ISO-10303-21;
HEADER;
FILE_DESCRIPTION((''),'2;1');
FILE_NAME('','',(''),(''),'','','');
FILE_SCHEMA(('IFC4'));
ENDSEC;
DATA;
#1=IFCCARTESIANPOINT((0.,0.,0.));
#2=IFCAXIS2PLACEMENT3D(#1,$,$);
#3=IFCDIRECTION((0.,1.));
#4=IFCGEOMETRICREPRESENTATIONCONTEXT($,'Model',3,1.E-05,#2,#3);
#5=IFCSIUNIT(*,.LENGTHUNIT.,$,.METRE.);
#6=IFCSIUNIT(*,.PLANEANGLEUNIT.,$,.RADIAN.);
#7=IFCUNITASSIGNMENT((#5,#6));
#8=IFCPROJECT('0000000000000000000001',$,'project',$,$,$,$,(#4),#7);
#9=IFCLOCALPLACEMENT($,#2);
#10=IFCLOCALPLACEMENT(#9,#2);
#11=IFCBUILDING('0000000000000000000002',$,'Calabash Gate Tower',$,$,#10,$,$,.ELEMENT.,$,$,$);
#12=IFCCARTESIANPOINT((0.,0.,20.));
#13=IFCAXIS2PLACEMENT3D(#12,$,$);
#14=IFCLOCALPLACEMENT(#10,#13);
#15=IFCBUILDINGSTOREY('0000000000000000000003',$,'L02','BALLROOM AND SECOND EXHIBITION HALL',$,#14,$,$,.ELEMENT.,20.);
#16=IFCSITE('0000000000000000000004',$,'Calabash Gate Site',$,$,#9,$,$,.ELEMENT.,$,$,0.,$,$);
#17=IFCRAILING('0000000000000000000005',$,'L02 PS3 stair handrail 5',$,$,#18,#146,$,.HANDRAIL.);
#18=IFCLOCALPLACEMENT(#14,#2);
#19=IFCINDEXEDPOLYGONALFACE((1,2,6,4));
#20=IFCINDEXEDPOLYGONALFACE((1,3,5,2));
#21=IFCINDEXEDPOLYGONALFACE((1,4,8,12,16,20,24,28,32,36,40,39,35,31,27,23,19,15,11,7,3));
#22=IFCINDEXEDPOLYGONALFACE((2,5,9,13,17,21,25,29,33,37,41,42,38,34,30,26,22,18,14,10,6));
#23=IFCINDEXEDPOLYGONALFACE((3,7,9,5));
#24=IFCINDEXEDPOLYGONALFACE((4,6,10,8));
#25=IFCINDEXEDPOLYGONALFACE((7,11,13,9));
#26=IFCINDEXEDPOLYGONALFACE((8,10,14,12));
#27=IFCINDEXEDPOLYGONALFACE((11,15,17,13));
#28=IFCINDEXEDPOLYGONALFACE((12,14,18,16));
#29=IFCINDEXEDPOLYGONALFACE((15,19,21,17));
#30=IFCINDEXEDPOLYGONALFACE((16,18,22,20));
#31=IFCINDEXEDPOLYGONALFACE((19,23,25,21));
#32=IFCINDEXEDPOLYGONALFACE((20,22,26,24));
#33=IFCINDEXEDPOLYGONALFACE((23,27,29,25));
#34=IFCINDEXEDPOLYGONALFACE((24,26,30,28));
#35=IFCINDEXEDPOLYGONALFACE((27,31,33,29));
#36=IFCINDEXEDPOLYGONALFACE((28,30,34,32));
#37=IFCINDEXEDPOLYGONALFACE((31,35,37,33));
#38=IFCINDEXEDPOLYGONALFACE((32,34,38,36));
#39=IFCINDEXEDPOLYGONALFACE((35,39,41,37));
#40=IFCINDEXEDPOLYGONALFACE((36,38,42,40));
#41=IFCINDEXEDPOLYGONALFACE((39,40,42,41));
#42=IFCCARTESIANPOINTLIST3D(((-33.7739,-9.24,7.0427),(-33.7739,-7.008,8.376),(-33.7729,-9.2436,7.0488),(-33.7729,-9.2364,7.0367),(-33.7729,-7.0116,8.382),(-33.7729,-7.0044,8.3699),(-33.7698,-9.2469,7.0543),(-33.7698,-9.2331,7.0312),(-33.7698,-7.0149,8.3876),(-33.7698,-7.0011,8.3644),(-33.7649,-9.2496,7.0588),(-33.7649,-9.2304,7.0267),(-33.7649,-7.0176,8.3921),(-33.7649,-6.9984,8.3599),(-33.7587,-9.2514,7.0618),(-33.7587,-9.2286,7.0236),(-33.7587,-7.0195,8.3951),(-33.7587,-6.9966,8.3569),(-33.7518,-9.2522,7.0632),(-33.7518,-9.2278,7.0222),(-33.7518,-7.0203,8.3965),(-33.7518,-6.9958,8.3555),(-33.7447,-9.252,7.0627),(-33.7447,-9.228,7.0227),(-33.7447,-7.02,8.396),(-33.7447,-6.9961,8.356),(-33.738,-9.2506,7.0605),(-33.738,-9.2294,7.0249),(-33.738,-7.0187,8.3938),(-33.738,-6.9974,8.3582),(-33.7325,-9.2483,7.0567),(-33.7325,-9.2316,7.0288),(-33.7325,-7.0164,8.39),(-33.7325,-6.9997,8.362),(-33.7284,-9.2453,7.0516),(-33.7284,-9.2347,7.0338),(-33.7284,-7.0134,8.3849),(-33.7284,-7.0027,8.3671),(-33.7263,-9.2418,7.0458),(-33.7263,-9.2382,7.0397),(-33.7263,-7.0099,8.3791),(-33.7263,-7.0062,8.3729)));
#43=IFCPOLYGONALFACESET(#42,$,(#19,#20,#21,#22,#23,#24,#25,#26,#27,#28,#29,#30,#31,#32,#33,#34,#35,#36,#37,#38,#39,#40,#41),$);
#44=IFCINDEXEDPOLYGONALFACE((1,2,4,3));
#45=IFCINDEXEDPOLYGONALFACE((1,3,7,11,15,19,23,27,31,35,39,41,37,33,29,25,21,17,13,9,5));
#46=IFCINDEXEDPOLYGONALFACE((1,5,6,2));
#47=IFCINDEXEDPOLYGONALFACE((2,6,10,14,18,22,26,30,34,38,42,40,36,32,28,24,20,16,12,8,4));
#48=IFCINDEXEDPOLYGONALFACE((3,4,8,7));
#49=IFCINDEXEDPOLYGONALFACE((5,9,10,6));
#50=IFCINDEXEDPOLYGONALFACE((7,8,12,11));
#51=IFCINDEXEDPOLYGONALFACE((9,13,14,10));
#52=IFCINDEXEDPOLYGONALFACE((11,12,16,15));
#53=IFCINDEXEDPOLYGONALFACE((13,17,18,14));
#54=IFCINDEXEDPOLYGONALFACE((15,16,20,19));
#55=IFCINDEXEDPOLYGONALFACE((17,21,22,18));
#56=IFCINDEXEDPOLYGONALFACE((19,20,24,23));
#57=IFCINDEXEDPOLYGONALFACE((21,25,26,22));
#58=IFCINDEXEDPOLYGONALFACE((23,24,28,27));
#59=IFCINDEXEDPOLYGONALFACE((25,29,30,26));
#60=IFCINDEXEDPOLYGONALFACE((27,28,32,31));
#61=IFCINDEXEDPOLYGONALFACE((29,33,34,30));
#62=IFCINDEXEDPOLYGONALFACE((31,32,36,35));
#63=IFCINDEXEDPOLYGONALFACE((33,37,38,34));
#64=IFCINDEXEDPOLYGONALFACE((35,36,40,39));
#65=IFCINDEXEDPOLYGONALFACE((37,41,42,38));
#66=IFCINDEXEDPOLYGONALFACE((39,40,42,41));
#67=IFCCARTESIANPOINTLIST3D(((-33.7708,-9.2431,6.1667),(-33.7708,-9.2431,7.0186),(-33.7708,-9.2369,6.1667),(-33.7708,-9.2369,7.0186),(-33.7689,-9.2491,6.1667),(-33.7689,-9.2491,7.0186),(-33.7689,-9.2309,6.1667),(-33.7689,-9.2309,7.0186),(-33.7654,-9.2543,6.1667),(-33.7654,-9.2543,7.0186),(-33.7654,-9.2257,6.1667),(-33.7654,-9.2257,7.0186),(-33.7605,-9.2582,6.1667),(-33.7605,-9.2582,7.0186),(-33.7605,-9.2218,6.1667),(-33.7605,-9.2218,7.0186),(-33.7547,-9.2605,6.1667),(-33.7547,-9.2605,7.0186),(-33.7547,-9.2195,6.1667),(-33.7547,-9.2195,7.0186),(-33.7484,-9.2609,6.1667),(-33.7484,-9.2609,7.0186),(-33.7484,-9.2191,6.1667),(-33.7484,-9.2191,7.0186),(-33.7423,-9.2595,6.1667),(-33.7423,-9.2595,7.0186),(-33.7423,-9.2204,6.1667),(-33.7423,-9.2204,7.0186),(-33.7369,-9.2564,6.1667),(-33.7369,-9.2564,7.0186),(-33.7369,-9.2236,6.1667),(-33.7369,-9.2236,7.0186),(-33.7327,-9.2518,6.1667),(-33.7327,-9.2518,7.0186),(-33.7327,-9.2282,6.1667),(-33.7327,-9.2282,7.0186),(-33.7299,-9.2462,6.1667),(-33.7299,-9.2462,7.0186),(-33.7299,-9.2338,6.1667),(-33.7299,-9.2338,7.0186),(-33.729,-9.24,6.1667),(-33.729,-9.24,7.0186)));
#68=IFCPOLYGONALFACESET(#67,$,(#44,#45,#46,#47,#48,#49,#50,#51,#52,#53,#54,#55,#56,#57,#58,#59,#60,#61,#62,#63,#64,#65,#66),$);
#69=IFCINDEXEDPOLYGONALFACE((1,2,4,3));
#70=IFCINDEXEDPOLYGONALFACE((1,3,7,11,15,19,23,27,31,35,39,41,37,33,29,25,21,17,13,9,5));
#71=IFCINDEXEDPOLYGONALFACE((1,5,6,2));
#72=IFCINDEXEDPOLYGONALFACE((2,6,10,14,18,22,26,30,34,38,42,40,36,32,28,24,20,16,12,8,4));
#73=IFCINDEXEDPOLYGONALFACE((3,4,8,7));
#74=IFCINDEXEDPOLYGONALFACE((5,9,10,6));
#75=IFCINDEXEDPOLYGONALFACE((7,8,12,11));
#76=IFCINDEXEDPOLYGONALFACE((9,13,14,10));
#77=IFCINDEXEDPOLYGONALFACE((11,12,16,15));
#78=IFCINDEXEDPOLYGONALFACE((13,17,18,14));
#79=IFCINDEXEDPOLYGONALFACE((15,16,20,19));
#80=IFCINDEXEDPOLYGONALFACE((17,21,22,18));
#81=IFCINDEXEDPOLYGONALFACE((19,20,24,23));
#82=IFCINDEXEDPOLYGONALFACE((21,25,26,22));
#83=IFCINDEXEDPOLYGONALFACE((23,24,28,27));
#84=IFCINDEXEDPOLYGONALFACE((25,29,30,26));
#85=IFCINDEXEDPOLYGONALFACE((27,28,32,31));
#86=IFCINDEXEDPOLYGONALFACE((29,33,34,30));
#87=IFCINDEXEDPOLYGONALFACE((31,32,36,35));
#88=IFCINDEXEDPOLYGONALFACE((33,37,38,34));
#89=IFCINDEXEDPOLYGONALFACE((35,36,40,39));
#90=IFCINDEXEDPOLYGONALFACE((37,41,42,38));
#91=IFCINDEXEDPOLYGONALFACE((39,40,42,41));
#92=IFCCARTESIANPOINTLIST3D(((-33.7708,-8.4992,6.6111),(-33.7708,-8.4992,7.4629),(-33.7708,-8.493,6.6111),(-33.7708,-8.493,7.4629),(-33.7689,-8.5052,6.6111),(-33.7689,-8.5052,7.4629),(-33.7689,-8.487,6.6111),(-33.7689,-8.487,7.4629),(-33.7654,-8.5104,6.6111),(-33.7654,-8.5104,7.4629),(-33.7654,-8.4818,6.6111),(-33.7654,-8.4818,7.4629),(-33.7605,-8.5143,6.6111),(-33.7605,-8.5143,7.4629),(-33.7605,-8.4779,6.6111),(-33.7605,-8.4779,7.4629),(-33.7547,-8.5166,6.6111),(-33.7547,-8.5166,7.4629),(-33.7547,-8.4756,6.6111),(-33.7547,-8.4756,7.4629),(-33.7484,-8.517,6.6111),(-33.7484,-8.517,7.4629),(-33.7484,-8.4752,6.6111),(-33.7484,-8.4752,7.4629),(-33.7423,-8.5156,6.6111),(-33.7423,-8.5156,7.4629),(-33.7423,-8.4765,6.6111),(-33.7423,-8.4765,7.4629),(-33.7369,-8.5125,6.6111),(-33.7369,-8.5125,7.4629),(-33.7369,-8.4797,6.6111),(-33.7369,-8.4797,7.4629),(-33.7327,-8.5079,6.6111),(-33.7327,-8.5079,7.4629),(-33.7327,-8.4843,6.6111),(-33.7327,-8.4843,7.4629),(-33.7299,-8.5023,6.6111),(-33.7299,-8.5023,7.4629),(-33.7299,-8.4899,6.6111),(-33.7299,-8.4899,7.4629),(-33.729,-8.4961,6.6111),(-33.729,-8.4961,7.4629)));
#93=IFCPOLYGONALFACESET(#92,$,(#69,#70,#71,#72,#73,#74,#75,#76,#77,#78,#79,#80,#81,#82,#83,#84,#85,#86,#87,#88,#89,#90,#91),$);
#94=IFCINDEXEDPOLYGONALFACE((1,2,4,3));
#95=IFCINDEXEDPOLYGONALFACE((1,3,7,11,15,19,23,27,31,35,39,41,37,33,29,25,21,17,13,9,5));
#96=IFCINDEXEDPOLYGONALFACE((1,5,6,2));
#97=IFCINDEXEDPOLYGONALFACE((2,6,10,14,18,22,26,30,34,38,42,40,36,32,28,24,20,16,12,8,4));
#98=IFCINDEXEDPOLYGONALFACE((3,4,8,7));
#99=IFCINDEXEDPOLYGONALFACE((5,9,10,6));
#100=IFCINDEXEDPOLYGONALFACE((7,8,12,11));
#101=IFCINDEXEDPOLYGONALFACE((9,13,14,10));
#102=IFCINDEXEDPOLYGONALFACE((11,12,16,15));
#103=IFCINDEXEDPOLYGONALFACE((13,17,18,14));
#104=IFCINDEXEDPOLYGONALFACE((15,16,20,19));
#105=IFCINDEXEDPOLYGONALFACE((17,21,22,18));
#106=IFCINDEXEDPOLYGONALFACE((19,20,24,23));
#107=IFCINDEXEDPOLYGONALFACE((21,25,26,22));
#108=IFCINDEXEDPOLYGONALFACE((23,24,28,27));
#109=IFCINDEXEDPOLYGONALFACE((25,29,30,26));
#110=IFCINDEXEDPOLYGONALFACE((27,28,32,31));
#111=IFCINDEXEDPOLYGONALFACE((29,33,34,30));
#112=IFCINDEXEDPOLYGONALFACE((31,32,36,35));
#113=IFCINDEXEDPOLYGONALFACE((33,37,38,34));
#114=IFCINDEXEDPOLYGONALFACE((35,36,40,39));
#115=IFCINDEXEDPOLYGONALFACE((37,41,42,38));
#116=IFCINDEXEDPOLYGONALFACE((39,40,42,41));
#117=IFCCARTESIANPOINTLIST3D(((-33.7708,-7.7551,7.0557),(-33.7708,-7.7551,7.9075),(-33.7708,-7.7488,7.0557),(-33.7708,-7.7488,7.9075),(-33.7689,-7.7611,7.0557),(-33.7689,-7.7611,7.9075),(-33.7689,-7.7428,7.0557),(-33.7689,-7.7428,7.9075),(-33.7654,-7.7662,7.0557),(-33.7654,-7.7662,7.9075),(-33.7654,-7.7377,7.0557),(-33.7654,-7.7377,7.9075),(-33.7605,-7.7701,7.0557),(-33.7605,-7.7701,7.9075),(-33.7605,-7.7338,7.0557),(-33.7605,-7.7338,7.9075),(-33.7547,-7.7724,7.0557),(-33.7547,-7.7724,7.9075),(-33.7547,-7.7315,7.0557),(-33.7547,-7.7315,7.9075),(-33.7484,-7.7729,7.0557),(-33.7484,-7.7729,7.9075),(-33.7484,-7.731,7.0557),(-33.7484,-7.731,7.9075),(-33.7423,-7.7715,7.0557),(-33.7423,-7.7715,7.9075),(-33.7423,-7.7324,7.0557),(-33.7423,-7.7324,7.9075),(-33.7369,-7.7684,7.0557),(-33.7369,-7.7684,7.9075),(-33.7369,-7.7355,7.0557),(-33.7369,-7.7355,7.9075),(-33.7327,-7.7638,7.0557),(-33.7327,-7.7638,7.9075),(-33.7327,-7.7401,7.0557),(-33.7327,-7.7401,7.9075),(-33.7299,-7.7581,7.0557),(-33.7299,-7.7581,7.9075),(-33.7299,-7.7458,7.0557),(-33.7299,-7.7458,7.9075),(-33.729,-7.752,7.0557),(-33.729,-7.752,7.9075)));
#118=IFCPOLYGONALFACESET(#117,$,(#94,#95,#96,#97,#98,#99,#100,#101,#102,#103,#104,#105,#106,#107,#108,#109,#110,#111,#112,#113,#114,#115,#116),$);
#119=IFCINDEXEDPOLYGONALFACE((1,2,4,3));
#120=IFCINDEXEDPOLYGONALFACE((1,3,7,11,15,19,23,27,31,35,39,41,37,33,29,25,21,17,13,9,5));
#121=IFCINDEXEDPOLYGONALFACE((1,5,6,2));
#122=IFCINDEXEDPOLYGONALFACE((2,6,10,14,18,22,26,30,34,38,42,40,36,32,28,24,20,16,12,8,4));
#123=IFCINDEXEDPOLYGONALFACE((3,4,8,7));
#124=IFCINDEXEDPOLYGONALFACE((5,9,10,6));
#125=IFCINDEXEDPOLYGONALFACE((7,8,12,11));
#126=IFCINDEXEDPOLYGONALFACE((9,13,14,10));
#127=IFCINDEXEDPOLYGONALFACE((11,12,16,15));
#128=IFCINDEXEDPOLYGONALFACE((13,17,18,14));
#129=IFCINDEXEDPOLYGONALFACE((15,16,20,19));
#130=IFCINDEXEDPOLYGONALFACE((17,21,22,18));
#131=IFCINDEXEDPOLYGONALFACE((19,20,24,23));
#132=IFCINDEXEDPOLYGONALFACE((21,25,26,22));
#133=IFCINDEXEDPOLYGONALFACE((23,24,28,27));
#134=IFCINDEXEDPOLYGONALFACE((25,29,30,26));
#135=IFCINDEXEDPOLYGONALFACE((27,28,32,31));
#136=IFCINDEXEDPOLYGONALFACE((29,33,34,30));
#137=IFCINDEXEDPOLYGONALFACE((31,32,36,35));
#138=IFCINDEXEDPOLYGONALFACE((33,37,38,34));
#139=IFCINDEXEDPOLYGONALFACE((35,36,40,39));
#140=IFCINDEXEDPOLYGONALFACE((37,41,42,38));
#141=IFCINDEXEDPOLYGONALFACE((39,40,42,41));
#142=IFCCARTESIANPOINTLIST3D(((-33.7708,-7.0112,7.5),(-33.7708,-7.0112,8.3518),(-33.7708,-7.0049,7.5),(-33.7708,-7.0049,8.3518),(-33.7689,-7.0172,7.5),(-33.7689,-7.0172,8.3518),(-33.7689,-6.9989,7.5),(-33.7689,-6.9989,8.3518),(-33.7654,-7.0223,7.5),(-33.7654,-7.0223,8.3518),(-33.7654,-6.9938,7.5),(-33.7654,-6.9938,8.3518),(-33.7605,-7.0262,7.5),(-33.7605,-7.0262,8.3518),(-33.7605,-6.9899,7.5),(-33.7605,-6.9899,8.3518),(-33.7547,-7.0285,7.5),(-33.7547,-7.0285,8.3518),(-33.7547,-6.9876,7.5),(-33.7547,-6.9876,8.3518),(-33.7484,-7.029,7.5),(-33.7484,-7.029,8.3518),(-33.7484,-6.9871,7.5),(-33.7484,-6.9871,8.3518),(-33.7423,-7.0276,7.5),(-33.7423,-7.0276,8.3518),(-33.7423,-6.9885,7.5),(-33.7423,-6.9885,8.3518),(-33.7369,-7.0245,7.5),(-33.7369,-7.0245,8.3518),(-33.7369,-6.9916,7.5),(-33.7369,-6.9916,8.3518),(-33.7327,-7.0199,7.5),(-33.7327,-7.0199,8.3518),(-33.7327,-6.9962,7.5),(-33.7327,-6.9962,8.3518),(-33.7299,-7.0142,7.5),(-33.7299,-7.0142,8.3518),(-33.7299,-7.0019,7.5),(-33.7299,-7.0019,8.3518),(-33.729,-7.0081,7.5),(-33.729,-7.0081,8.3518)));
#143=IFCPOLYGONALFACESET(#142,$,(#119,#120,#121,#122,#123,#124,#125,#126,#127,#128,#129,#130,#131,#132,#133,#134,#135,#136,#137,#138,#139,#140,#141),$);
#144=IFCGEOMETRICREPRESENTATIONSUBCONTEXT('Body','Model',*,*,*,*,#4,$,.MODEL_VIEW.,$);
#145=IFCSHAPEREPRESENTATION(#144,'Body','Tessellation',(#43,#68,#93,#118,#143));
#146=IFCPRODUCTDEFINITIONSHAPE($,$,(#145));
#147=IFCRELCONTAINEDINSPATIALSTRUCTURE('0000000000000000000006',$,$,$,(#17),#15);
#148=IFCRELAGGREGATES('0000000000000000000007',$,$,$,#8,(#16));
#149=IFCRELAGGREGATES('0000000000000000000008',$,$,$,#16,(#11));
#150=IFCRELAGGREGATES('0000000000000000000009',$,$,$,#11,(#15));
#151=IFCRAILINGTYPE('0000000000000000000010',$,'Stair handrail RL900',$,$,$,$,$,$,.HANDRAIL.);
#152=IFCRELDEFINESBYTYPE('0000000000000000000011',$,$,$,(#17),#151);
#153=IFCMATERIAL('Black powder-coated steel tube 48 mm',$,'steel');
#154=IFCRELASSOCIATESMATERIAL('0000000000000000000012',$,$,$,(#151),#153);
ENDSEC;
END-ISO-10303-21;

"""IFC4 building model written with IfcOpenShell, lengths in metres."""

from ifc_helpers import new_model, si_unit, direction, frame, origin, origin_2d, place, context, subcontext, project, spatial, circle, extrude, material, type_object, element, save


model = new_model("IFC4")

# Units and contexts
model_context = context("Model", 3, precision=1e-05, world=origin(), true_north=direction((0.0, 1.0)))
body_context = subcontext(model_context, "Body", "Model", "MODEL_VIEW")
ifc_project = project(units=[si_unit("LENGTHUNIT", "METRE"), si_unit("PLANEANGLEUNIT", "RADIAN")], contexts=[model_context])

# Site, building, storey
site_placement = place(None, origin())
site = spatial("IfcSite", under=ifc_project, at=site_placement, Name="Calabash Gate Site", CompositionType="ELEMENT", RefElevation=0.0)
building_placement = place(site_placement, origin())
building = spatial("IfcBuilding", under=site, at=building_placement, Name="Calabash Gate Tower", CompositionType="ELEMENT")
storey_placement = place(building_placement, frame((0.0, 0.0, 20.0)))
storey = spatial("IfcBuildingStorey", under=building, at=storey_placement, Name="L02", Description="BALLROOM AND SECOND EXHIBITION HALL", CompositionType="ELEMENT", Elevation=20.0)

# Railing
ifc_material_1 = material(Name="Black powder-coated steel tube 48 mm", Category="steel")
railing_type_1 = type_object("IfcRailingType", Name="Stair handrail RL900", PredefinedType="HANDRAIL", material=ifc_material_1)
for number, where, name in (
    (1, (-33.75, -9.24, 6.1667), "L02 PS3 stair handrail 5"),
):
    element("IfcRailing", number, at=place(storey_placement, frame(where)), inside=storey, type_object=railing_type_1, Name=name, PredefinedType="HANDRAIL", context=body_context, shape_type="SweptSolid", body=[
        extrude(circle(Radius=0.0239, at=origin_2d()), frame((0.0, 0.0, 0.876), z_axis=(0.0, 0.858494, 0.512824), x_axis=(-1.0, 0.0, 0.0)), (0.0, 0.0, 1.0), 2.5999),
        extrude(circle(Radius=0.021, at=origin_2d()), origin(), (0.0, 0.0, 1.0), 0.8518),
        extrude(circle(Radius=0.021, at=origin_2d()), frame((0.0, 0.7439, 0.4443)), (0.0, 0.0, 1.0), 0.8518),
        extrude(circle(Radius=0.021, at=origin_2d()), frame((0.0, 1.488, 0.8889)), (0.0, 0.0, 1.0), 0.8518),
        extrude(circle(Radius=0.021, at=origin_2d()), frame((0.0, 2.2319, 1.3333)), (0.0, 0.0, 1.0), 0.8518),
    ])

save(model, "model.ifc")
